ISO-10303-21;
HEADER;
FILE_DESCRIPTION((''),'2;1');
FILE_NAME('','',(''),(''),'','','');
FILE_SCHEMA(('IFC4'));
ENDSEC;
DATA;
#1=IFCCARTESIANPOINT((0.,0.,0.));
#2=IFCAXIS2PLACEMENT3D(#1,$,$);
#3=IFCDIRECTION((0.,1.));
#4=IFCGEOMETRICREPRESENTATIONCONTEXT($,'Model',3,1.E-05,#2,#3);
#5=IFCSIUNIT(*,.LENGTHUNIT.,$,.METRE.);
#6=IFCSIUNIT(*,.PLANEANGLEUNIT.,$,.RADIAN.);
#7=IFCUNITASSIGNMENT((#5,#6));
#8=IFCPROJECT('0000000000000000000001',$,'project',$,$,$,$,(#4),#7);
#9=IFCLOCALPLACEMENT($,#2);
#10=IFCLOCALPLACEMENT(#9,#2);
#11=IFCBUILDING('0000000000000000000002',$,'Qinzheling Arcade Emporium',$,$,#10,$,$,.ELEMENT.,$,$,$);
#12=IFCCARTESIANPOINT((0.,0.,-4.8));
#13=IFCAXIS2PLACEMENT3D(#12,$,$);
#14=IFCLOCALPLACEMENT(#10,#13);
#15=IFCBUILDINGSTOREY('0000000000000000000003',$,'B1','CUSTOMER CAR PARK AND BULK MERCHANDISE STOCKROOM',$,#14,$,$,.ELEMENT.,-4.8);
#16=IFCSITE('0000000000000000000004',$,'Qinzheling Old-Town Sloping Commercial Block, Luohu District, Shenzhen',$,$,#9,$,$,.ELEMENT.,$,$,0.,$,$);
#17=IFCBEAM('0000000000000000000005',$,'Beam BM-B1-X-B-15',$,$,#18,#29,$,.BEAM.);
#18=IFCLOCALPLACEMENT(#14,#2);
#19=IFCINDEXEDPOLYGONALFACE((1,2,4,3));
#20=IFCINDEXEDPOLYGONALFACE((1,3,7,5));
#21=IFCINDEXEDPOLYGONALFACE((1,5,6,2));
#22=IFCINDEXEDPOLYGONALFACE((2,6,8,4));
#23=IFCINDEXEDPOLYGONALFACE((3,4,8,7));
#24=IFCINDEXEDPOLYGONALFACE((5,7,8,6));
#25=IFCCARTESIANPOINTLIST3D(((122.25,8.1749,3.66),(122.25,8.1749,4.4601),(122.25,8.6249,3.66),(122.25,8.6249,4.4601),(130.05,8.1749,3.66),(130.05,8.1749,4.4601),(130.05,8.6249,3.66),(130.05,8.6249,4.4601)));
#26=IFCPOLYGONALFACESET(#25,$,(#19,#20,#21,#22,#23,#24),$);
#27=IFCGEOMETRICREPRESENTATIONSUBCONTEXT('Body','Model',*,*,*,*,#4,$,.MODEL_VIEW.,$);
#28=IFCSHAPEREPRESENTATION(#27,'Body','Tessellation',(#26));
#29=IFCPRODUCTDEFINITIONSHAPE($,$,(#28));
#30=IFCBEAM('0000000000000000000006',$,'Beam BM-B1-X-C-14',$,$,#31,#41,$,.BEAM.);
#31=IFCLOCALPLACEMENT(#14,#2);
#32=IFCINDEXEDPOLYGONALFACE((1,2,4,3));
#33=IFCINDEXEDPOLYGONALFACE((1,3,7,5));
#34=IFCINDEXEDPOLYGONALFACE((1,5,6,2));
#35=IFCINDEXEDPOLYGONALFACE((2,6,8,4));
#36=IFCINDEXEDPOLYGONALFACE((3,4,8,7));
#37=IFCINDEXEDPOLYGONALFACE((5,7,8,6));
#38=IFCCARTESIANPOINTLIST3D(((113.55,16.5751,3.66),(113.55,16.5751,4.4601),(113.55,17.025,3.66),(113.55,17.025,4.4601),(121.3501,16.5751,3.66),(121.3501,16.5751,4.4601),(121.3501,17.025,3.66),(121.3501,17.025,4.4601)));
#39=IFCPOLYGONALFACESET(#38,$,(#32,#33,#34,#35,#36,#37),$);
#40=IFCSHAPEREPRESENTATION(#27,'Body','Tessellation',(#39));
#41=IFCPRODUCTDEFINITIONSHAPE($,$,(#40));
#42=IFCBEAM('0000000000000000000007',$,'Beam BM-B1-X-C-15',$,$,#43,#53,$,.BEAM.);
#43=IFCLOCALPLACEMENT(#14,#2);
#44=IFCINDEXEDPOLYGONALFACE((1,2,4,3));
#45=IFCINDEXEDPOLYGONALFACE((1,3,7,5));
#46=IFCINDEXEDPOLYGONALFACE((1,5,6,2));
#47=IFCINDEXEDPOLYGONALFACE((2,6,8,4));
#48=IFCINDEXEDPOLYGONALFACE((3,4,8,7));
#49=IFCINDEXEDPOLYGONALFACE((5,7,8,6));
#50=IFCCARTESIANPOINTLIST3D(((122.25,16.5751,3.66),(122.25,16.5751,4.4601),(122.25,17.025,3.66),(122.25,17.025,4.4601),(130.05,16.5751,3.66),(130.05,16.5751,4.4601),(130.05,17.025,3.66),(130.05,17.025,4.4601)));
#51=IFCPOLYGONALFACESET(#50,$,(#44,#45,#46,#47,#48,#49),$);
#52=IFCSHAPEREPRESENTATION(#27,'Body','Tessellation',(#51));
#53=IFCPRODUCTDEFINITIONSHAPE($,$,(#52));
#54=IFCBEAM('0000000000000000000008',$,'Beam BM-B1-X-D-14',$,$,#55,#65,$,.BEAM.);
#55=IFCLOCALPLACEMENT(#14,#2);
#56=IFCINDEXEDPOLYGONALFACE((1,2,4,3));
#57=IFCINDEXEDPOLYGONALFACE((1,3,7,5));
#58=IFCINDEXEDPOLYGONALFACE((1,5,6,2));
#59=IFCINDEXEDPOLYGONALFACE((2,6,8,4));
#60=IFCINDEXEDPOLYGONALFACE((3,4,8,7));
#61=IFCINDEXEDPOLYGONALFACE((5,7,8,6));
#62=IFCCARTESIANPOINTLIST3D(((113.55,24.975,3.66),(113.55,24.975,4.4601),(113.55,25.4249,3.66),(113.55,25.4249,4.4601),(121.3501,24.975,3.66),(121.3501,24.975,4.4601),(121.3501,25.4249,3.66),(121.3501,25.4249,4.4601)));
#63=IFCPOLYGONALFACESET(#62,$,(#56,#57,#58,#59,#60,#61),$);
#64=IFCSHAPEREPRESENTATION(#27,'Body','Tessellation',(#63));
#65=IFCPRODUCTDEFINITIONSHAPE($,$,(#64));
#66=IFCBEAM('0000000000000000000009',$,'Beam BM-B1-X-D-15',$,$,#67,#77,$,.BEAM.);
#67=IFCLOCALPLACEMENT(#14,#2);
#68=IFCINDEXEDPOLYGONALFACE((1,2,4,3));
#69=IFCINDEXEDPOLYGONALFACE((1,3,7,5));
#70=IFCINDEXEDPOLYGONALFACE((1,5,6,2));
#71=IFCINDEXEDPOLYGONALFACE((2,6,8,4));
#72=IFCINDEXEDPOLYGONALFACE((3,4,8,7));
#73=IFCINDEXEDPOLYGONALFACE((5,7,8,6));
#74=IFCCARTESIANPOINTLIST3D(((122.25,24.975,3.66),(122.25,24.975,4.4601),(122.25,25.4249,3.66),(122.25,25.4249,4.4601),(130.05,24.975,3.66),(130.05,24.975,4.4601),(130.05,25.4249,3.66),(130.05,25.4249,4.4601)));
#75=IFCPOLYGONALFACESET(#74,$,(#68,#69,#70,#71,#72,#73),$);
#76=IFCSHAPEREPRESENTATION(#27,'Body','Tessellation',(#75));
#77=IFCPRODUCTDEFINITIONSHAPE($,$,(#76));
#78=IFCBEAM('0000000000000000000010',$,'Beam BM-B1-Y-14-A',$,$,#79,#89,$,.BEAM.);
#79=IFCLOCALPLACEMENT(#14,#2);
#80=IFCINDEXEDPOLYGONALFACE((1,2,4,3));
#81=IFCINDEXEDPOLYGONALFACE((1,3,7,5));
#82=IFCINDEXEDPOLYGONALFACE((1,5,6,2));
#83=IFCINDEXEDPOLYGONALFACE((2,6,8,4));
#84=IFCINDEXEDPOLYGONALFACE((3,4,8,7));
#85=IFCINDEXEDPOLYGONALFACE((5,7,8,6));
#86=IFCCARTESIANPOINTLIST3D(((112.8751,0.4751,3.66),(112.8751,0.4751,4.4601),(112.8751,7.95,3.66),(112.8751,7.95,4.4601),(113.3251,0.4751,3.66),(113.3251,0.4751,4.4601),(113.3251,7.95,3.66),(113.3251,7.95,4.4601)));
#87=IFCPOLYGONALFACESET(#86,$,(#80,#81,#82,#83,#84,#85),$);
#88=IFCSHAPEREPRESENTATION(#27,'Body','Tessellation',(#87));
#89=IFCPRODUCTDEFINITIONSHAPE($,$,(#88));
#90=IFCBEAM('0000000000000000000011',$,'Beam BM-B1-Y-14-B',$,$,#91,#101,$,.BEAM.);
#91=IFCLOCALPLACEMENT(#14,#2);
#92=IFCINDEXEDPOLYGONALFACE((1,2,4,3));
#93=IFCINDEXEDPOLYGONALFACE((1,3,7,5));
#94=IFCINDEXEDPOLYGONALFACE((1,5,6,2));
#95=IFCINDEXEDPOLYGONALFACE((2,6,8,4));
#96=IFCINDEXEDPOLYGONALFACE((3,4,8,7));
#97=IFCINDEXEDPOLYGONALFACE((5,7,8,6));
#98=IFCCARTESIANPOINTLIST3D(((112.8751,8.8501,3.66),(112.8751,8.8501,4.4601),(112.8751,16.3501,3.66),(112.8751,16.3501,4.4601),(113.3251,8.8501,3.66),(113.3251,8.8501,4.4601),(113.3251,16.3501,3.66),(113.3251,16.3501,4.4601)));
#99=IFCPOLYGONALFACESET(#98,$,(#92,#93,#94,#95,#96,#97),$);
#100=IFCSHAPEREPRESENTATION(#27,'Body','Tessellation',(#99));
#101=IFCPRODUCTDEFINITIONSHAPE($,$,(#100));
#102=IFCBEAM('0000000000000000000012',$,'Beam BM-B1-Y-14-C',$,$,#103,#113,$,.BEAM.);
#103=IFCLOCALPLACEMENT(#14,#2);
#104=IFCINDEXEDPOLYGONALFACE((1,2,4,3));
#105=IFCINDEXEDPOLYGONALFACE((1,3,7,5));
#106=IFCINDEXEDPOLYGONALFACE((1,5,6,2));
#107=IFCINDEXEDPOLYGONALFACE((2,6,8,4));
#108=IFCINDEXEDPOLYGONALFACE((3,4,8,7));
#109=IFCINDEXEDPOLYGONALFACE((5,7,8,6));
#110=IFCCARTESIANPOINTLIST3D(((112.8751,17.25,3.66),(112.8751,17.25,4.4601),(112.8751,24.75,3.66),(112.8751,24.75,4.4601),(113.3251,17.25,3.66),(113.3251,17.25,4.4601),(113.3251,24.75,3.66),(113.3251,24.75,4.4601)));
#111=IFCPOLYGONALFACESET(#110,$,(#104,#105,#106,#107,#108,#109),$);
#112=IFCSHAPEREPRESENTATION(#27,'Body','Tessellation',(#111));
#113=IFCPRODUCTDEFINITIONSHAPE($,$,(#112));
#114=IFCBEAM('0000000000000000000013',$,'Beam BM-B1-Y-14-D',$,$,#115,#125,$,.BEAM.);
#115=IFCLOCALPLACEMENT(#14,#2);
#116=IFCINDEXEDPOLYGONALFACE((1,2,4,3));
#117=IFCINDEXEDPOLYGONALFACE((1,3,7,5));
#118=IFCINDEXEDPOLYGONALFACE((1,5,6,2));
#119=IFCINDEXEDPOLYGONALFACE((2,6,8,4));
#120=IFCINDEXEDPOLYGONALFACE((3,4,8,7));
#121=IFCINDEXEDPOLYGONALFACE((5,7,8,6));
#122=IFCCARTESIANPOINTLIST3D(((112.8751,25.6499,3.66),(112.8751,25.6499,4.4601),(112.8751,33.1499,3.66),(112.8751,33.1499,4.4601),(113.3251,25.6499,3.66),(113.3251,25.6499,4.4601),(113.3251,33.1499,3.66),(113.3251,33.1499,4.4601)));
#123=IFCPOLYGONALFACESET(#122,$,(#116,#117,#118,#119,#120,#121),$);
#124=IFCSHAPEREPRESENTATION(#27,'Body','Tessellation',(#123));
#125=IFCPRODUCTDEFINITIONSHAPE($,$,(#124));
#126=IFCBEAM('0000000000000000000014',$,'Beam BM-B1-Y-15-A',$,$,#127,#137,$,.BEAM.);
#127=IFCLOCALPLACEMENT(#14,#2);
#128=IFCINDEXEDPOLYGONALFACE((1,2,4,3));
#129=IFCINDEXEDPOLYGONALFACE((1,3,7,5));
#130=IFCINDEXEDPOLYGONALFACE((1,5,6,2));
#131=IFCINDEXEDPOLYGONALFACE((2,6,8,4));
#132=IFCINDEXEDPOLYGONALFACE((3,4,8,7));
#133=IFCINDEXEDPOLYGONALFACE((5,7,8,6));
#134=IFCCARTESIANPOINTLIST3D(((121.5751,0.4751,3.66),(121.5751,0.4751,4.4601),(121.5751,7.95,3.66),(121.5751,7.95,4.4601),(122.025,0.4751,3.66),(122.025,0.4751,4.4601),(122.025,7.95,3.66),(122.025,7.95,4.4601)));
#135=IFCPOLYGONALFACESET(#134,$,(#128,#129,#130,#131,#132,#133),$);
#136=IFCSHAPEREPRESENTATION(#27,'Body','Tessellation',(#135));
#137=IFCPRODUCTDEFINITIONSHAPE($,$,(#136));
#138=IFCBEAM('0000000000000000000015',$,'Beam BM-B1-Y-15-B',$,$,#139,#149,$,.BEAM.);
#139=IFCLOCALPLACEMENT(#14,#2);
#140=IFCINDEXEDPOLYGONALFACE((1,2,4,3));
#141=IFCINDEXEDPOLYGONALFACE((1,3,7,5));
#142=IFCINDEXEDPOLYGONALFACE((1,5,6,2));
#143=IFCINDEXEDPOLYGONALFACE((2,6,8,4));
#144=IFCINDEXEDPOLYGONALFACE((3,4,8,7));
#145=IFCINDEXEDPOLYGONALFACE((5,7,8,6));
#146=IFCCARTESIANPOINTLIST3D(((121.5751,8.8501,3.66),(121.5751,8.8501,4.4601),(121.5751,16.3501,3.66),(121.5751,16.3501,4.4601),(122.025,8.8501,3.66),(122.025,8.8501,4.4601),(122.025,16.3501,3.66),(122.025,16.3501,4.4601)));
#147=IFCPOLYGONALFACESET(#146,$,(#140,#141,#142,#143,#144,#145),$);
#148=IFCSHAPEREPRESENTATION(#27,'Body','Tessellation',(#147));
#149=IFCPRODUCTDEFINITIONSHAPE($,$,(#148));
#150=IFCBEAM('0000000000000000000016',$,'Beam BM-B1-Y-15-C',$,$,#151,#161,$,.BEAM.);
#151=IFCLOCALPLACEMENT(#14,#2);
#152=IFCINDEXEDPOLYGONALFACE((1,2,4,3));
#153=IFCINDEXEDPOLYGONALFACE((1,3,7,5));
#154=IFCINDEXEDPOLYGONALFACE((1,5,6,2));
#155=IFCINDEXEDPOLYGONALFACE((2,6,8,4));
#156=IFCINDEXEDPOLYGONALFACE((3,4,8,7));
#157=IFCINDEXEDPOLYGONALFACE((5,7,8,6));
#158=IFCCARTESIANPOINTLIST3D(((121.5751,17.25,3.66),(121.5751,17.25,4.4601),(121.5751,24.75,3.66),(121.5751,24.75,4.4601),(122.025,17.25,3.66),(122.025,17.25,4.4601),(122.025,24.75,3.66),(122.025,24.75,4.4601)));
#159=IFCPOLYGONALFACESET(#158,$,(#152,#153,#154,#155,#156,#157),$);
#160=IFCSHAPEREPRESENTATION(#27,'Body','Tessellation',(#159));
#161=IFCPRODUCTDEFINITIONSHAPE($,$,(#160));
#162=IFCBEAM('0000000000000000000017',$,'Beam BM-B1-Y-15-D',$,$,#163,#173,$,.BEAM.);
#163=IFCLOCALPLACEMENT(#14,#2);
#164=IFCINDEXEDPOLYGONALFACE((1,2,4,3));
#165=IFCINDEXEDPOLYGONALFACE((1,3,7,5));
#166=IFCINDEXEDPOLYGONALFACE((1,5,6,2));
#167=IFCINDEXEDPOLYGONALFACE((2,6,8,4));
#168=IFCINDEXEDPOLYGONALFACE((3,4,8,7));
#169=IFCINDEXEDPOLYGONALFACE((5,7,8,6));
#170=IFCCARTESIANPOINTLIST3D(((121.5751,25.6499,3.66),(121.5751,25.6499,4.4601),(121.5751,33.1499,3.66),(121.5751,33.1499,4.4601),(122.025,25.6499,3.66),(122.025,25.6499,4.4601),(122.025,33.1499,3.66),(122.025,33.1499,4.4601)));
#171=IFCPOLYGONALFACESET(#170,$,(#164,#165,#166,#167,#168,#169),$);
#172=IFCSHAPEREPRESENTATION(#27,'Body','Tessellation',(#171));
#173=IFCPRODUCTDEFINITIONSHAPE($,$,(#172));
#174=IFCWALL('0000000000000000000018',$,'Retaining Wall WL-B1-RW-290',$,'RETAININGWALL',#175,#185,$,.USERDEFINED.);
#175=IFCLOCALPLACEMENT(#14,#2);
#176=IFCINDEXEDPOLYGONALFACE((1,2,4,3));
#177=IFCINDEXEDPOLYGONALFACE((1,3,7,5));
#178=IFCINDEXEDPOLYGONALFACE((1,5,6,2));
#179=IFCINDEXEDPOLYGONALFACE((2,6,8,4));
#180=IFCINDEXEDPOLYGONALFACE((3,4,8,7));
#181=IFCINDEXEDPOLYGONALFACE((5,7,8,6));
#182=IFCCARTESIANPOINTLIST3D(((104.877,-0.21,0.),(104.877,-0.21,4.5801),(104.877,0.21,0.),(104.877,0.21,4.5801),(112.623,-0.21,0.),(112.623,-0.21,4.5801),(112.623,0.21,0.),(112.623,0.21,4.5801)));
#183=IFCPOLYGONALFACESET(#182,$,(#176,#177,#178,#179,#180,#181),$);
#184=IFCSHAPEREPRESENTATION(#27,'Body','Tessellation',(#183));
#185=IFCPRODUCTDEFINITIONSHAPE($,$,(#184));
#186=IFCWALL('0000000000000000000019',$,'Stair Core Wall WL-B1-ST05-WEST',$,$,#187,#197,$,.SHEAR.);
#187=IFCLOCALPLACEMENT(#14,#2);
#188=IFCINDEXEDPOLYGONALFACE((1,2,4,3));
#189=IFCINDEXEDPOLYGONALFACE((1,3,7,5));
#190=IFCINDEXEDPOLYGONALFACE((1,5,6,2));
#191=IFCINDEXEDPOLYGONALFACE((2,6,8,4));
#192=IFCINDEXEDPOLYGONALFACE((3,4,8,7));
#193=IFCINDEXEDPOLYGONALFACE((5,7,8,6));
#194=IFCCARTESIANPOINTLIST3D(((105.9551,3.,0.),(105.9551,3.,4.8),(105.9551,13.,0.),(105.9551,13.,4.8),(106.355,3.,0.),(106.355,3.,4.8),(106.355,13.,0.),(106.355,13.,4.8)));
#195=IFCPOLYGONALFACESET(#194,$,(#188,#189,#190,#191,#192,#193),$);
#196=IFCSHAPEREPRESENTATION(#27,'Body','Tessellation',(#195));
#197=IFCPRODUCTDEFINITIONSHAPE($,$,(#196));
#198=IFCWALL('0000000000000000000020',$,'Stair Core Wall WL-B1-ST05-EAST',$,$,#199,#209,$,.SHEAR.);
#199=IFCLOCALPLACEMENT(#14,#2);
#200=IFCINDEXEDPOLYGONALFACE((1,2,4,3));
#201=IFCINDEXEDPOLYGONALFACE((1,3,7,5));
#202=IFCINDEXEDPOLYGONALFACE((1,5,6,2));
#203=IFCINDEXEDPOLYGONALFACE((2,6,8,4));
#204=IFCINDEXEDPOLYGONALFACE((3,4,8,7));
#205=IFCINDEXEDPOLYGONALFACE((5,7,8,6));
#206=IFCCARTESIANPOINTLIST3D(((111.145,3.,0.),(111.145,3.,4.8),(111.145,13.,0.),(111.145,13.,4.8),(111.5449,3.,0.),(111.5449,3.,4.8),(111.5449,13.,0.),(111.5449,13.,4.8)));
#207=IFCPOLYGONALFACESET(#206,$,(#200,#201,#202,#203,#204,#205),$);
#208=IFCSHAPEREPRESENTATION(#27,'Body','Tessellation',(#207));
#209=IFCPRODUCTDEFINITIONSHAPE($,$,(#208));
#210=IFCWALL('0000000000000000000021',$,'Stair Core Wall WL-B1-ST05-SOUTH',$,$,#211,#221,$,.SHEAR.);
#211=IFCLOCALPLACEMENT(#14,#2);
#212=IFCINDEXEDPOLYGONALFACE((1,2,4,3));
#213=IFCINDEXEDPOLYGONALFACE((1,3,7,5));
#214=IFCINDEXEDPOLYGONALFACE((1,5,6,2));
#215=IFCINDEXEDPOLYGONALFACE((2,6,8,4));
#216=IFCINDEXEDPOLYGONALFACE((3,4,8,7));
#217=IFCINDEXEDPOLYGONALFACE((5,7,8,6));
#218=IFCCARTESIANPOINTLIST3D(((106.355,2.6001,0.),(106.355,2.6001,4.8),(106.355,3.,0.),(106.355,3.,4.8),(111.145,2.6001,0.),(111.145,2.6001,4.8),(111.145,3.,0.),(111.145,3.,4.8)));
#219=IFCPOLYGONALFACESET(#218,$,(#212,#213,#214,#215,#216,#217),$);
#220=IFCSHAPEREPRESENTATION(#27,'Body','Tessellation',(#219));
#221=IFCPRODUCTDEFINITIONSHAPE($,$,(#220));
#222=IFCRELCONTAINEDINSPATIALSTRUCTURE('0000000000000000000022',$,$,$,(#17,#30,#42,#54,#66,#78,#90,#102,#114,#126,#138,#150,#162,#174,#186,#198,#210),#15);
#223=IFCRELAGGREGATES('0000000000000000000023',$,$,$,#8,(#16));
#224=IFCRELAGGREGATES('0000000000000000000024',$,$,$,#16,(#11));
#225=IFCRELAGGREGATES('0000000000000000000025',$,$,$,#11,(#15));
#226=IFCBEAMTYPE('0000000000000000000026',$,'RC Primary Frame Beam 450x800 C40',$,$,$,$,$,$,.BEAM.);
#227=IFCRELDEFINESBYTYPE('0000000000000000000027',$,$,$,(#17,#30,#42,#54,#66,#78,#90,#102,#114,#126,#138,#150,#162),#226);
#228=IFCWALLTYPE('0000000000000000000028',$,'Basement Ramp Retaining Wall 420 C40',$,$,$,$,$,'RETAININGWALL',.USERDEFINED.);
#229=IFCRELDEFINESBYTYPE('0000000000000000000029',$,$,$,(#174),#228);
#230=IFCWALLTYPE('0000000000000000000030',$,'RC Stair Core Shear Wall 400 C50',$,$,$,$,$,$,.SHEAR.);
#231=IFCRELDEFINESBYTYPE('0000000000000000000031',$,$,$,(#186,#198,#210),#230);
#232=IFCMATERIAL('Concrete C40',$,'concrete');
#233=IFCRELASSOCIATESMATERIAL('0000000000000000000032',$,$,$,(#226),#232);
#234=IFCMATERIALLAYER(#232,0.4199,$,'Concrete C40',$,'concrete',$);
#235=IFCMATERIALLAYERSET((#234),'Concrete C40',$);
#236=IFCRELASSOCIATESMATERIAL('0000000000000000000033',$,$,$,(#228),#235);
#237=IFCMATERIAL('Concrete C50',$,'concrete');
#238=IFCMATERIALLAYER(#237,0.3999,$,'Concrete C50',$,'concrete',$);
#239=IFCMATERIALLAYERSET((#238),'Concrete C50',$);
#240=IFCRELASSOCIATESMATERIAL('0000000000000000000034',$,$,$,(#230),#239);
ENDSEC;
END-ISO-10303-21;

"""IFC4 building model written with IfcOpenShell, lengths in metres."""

from ifc_helpers import new_model, si_unit, direction, frame, frame_2d, origin, origin_2d, place, context, subcontext, project, spatial, rectangle, extrude, material, layer, layer_set, material_profile, profile_set, type_object, element, save


model = new_model("IFC4")

# Units and contexts
model_context = context("Model", 3, precision=1e-05, world=origin(), true_north=direction((0.0, 1.0)))
body_context = subcontext(model_context, "Body", "Model", "MODEL_VIEW")
ifc_project = project(units=[si_unit("LENGTHUNIT", "METRE"), si_unit("PLANEANGLEUNIT", "RADIAN")], contexts=[model_context])

# Site, building, storey
site_placement = place(None, origin())
site = spatial("IfcSite", under=ifc_project, at=site_placement, Name="Qinzheling Old-Town Sloping Commercial Block, Luohu District, Shenzhen", CompositionType="ELEMENT", RefElevation=0.0)
building_placement = place(site_placement, origin())
building = spatial("IfcBuilding", under=site, at=building_placement, Name="Qinzheling Arcade Emporium", CompositionType="ELEMENT")
storey_placement = place(building_placement, frame((0.0, 0.0, -4.8)))
storey = spatial("IfcBuildingStorey", under=building, at=storey_placement, Name="B1", Description="CUSTOMER CAR PARK AND BULK MERCHANDISE STOCKROOM", CompositionType="ELEMENT", Elevation=-4.8)

# Shared definitions
ifc_material_1 = material(Name="Concrete C50", Category="concrete")

# Beams
ifc_material_2 = material(Name="Concrete C40", Category="concrete")
ifc_material_profile_1 = material_profile(ifc_material_2, rectangle(XDim=0.45, YDim=0.8, at=origin_2d()), Name="RC 450x800", Category="concrete")
ifc_profile_set_1 = profile_set([ifc_material_profile_1], Name="Concrete C40")
beam_type = type_object("IfcBeamType", Name="RC Primary Frame Beam 450x800 C40", PredefinedType="BEAM", material=ifc_profile_set_1)
for number, where, z_axis, x_axis, name in (
    (1, (122.25, 8.3999, 4.0601), (1.0, 0.0, 0.0), (0.0, 1.0, 0.0), "Beam BM-B1-X-B-15"),
    (2, (113.55, 16.8, 4.0601), (1.0, 0.0, 0.0), (0.0, 1.0, 0.0), "Beam BM-B1-X-C-14"),
    (3, (122.25, 16.8, 4.0601), (1.0, 0.0, 0.0), (0.0, 1.0, 0.0), "Beam BM-B1-X-C-15"),
    (4, (113.55, 25.2, 4.0601), (1.0, 0.0, 0.0), (0.0, 1.0, 0.0), "Beam BM-B1-X-D-14"),
    (5, (122.25, 25.2, 4.0601), (1.0, 0.0, 0.0), (0.0, 1.0, 0.0), "Beam BM-B1-X-D-15"),
):
    element("IfcBeam", number, at=place(storey_placement, frame(where, z_axis=z_axis, x_axis=x_axis)), inside=storey, type_object=beam_type, Name=name, PredefinedType="BEAM", context=body_context, shape_type="SweptSolid", body=[
        extrude(rectangle(XDim=0.45, YDim=0.8, at=origin_2d()), origin(), (0.0, 0.0, 1.0), 7.8),
    ])
beam_1_placement = place(storey_placement, frame((113.1001, 0.4751, 4.0601), z_axis=(0.0, 1.0, 0.0), x_axis=(-1.0, 0.0, 0.0)))
element("IfcBeam", 6, at=beam_1_placement, inside=storey, type_object=beam_type, Name="Beam BM-B1-Y-14-A", PredefinedType="BEAM", context=body_context, shape_type="SweptSolid", body=[
    extrude(rectangle(XDim=0.45, YDim=0.8, at=origin_2d()), origin(), (0.0, 0.0, 1.0), 7.4749),
])
for number, where, z_axis, x_axis, name in (
    (7, (113.1001, 8.8501, 4.0601), (0.0, 1.0, 0.0), (-1.0, 0.0, 0.0), "Beam BM-B1-Y-14-B"),
    (8, (113.1001, 17.25, 4.0601), (0.0, 1.0, 0.0), (-1.0, 0.0, 0.0), "Beam BM-B1-Y-14-C"),
    (9, (113.1001, 25.6499, 4.0601), (0.0, 1.0, 0.0), (-1.0, 0.0, 0.0), "Beam BM-B1-Y-14-D"),
):
    element("IfcBeam", number, at=place(storey_placement, frame(where, z_axis=z_axis, x_axis=x_axis)), inside=storey, type_object=beam_type, Name=name, PredefinedType="BEAM", context=body_context, shape_type="SweptSolid", body=[
        extrude(rectangle(XDim=0.45, YDim=0.8, at=origin_2d()), origin(), (0.0, 0.0, 1.0), 7.5),
    ])
beam_2_placement = place(storey_placement, frame((121.8, 0.4751, 4.0601), z_axis=(0.0, 1.0, 0.0), x_axis=(-1.0, 0.0, 0.0)))
element("IfcBeam", 10, at=beam_2_placement, inside=storey, type_object=beam_type, Name="Beam BM-B1-Y-15-A", PredefinedType="BEAM", context=body_context, shape_type="SweptSolid", body=[
    extrude(rectangle(XDim=0.45, YDim=0.8, at=origin_2d()), origin(), (0.0, 0.0, 1.0), 7.4749),
])
for number, where, z_axis, x_axis, name in (
    (11, (121.8, 8.8501, 4.0601), (0.0, 1.0, 0.0), (-1.0, 0.0, 0.0), "Beam BM-B1-Y-15-B"),
    (12, (121.8, 17.25, 4.0601), (0.0, 1.0, 0.0), (-1.0, 0.0, 0.0), "Beam BM-B1-Y-15-C"),
    (13, (121.8, 25.6499, 4.0601), (0.0, 1.0, 0.0), (-1.0, 0.0, 0.0), "Beam BM-B1-Y-15-D"),
):
    element("IfcBeam", number, at=place(storey_placement, frame(where, z_axis=z_axis, x_axis=x_axis)), inside=storey, type_object=beam_type, Name=name, PredefinedType="BEAM", context=body_context, shape_type="SweptSolid", body=[
        extrude(rectangle(XDim=0.45, YDim=0.8, at=origin_2d()), origin(), (0.0, 0.0, 1.0), 7.5),
    ])

# Walls
ifc_layer_1 = layer(ifc_material_2, 0.4199, Name="Concrete C40", Category="concrete")
ifc_layer_set_1 = layer_set([ifc_layer_1], Name="Concrete C40")
wall_type_1 = type_object("IfcWallType", Name="Basement Ramp Retaining Wall 420 C40", ElementType="RETAININGWALL", PredefinedType="USERDEFINED", material=ifc_layer_set_1)
wall_1_placement = place(storey_placement, frame((112.623, 0.0, 0.0), z_axis=(0.0, 0.0, 1.0), x_axis=(-1.0, 0.0, 0.0)))
element("IfcWall", 14, at=wall_1_placement, inside=storey, type_object=wall_type_1, Name="Retaining Wall WL-B1-RW-290", ObjectType="RETAININGWALL", PredefinedType="USERDEFINED", context=body_context, shape_type="SweptSolid", body=[
    extrude(rectangle(XDim=7.7461, YDim=0.4199, at=frame_2d((3.873, 0.0))), origin(), (0.0, 0.0, 1.0), 4.5801),
])
ifc_layer_2 = layer(ifc_material_1, 0.3999, Name="Concrete C50", Category="concrete")
ifc_layer_set_2 = layer_set([ifc_layer_2], Name="Concrete C50")
wall_type_2 = type_object("IfcWallType", Name="RC Stair Core Shear Wall 400 C50", PredefinedType="SHEAR", material=ifc_layer_set_2)
for number, where, z_axis, x_axis, name in (
    (15, (106.155, 3.0, 0.0), (0.0, 0.0, 1.0), (0.0, 1.0, 0.0), "Stair Core Wall WL-B1-ST05-WEST"),
    (16, (111.345, 13.0, 0.0), (0.0, 0.0, 1.0), (0.0, -1.0, 0.0), "Stair Core Wall WL-B1-ST05-EAST"),
):
    element("IfcWall", number, at=place(storey_placement, frame(where, z_axis=z_axis, x_axis=x_axis)), inside=storey, type_object=wall_type_2, Name=name, PredefinedType="SHEAR", context=body_context, shape_type="SweptSolid", body=[
        extrude(rectangle(XDim=10.0, YDim=0.3999, at=frame_2d((5.0, 0.0))), origin(), (0.0, 0.0, 1.0), 4.8),
    ])
for number, where, z_axis, x_axis, name in (
    (17, (111.145, 2.8, 0.0), (0.0, 0.0, 1.0), (-1.0, 0.0, 0.0), "Stair Core Wall WL-B1-ST05-SOUTH"),
):
    element("IfcWall", number, at=place(storey_placement, frame(where, z_axis=z_axis, x_axis=x_axis)), inside=storey, type_object=wall_type_2, Name=name, PredefinedType="SHEAR", context=body_context, shape_type="SweptSolid", body=[
        extrude(rectangle(XDim=4.79, YDim=0.3999, at=frame_2d((2.395, 0.0))), origin(), (0.0, 0.0, 1.0), 4.8),
    ])

save(model, "model.ifc")
